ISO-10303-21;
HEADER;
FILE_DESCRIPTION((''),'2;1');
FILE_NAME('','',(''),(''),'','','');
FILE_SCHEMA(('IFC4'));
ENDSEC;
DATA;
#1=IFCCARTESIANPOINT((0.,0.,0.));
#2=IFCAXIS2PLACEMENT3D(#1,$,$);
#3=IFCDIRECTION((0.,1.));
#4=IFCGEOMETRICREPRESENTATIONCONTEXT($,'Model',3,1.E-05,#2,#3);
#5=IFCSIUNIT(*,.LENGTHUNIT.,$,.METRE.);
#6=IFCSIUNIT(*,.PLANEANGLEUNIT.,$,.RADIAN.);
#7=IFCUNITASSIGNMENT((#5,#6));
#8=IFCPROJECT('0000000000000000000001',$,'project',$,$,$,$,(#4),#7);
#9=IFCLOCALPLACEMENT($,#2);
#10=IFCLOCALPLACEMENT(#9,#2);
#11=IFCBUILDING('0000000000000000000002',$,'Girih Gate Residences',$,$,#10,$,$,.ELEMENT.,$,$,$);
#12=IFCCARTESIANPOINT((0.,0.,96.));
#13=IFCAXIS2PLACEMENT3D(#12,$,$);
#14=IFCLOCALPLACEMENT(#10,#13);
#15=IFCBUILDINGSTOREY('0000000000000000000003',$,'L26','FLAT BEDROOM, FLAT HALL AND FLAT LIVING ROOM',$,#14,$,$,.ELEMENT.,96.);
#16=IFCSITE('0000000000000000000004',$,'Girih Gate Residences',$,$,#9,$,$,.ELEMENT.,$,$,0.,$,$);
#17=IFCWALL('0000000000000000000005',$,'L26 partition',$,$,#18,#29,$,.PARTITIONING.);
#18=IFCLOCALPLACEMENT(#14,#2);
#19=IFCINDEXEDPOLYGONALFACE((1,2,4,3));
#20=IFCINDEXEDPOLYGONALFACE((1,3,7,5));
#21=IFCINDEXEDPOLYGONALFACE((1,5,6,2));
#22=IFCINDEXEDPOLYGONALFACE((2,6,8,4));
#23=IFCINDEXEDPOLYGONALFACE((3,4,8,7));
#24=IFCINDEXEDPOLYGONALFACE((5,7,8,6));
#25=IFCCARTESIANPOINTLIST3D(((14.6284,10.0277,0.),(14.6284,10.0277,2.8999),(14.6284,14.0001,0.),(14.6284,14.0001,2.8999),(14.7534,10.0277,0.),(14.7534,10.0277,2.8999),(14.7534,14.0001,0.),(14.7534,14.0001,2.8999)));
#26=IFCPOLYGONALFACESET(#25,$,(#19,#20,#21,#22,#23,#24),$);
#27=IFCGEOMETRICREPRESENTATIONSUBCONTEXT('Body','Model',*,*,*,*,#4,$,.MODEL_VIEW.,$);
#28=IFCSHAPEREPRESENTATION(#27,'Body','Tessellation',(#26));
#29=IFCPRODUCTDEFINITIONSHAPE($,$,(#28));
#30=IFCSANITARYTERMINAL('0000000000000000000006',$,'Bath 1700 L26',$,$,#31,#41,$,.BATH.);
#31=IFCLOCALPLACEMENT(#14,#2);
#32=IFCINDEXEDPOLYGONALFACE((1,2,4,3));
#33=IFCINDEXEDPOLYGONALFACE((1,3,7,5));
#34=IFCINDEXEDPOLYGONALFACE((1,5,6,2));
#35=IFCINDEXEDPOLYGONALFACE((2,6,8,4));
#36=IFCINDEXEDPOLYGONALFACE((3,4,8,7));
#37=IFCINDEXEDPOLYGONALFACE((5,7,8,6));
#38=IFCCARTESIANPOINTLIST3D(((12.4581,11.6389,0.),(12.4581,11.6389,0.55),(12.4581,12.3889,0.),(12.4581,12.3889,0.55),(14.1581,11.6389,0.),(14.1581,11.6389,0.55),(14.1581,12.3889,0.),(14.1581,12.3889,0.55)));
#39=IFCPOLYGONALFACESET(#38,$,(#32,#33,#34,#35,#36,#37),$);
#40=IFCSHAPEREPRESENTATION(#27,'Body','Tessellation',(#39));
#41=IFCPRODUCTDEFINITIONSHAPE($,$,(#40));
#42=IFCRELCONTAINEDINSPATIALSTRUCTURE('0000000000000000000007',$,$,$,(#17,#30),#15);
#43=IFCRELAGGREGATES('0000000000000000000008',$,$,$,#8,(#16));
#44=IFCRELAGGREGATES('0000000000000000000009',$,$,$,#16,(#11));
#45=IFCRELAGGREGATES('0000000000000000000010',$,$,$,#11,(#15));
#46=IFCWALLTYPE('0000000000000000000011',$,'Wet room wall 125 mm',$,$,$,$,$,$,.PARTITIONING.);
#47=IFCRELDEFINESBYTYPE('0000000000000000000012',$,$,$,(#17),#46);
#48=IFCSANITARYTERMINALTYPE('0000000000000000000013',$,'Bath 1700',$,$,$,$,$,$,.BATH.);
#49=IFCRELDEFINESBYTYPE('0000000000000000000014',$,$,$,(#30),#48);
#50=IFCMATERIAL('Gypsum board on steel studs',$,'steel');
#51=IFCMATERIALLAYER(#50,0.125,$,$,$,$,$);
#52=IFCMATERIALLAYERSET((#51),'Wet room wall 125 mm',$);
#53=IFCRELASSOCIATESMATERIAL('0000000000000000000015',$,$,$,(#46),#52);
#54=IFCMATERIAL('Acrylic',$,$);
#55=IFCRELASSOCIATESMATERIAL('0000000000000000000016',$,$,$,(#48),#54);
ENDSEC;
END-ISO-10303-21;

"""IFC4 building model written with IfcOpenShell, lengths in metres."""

from ifc_helpers import new_model, si_unit, direction, frame, frame_2d, origin, origin_2d, place, context, subcontext, project, spatial, rectangle, extrude, material, layer, layer_set, type_object, element, save


model = new_model("IFC4")

# Units and contexts
model_context = context("Model", 3, precision=1e-05, world=origin(), true_north=direction((0.0, 1.0)))
body_context = subcontext(model_context, "Body", "Model", "MODEL_VIEW")
ifc_project = project(units=[si_unit("LENGTHUNIT", "METRE"), si_unit("PLANEANGLEUNIT", "RADIAN")], contexts=[model_context])

# Site, building, storey
site_placement = place(None, origin())
site = spatial("IfcSite", under=ifc_project, at=site_placement, Name="Girih Gate Residences", CompositionType="ELEMENT", RefElevation=0.0)
building_placement = place(site_placement, origin())
building = spatial("IfcBuilding", under=site, at=building_placement, Name="Girih Gate Residences", CompositionType="ELEMENT")
storey_placement = place(building_placement, frame((0.0, 0.0, 96.0)))
storey = spatial("IfcBuildingStorey", under=building, at=storey_placement, Name="L26", Description="FLAT BEDROOM, FLAT HALL AND FLAT LIVING ROOM", CompositionType="ELEMENT", Elevation=96.0)

# Shared definitions
ifc_material_1 = material(Name="Gypsum board on steel studs", Category="steel")

# Shared definitions
ifc_layer_1 = layer(ifc_material_1, 0.125)
ifc_layer_set_1 = layer_set([ifc_layer_1], Name="Wet room wall 125 mm")
wall_type_1 = type_object("IfcWallType", Name="Wet room wall 125 mm", PredefinedType="PARTITIONING", material=ifc_layer_set_1)

# Wall
for number, where, z_axis, x_axis, name in (
    (1, (14.6909, 10.0276, 0.0), (0.0, 0.0, 1.0), (0.0, 1.0, 0.0), "L26 partition"),
):
    element("IfcWall", number, at=place(storey_placement, frame(where, z_axis=z_axis, x_axis=x_axis)), inside=storey, type_object=wall_type_1, Name=name, PredefinedType="PARTITIONING", context=body_context, shape_type="SweptSolid", body=[
        extrude(rectangle(XDim=3.9724, YDim=0.125, at=frame_2d((1.9863, 0.0))), origin(), (0.0, 0.0, 1.0), 2.8999),
    ])

# Sanitary terminal
ifc_material_2 = material(Name="Acrylic")
sanitary_terminal_type = type_object("IfcSanitaryTerminalType", Name="Bath 1700", PredefinedType="BATH", material=ifc_material_2)
sanitary_terminal_placement = place(storey_placement, frame((13.3081, 12.0139, 0.0), z_axis=(0.0, 0.0, 1.0), x_axis=(1.0, 0.0, 0.0)))
element("IfcSanitaryTerminal", 2, at=sanitary_terminal_placement, inside=storey, type_object=sanitary_terminal_type, Name="Bath 1700 L26", PredefinedType="BATH", context=body_context, shape_type="SweptSolid", body=[
    extrude(rectangle(XDim=1.7, YDim=0.75, at=origin_2d()), origin(), (0.0, 0.0, 1.0), 0.55),
])

save(model, "model.ifc")
